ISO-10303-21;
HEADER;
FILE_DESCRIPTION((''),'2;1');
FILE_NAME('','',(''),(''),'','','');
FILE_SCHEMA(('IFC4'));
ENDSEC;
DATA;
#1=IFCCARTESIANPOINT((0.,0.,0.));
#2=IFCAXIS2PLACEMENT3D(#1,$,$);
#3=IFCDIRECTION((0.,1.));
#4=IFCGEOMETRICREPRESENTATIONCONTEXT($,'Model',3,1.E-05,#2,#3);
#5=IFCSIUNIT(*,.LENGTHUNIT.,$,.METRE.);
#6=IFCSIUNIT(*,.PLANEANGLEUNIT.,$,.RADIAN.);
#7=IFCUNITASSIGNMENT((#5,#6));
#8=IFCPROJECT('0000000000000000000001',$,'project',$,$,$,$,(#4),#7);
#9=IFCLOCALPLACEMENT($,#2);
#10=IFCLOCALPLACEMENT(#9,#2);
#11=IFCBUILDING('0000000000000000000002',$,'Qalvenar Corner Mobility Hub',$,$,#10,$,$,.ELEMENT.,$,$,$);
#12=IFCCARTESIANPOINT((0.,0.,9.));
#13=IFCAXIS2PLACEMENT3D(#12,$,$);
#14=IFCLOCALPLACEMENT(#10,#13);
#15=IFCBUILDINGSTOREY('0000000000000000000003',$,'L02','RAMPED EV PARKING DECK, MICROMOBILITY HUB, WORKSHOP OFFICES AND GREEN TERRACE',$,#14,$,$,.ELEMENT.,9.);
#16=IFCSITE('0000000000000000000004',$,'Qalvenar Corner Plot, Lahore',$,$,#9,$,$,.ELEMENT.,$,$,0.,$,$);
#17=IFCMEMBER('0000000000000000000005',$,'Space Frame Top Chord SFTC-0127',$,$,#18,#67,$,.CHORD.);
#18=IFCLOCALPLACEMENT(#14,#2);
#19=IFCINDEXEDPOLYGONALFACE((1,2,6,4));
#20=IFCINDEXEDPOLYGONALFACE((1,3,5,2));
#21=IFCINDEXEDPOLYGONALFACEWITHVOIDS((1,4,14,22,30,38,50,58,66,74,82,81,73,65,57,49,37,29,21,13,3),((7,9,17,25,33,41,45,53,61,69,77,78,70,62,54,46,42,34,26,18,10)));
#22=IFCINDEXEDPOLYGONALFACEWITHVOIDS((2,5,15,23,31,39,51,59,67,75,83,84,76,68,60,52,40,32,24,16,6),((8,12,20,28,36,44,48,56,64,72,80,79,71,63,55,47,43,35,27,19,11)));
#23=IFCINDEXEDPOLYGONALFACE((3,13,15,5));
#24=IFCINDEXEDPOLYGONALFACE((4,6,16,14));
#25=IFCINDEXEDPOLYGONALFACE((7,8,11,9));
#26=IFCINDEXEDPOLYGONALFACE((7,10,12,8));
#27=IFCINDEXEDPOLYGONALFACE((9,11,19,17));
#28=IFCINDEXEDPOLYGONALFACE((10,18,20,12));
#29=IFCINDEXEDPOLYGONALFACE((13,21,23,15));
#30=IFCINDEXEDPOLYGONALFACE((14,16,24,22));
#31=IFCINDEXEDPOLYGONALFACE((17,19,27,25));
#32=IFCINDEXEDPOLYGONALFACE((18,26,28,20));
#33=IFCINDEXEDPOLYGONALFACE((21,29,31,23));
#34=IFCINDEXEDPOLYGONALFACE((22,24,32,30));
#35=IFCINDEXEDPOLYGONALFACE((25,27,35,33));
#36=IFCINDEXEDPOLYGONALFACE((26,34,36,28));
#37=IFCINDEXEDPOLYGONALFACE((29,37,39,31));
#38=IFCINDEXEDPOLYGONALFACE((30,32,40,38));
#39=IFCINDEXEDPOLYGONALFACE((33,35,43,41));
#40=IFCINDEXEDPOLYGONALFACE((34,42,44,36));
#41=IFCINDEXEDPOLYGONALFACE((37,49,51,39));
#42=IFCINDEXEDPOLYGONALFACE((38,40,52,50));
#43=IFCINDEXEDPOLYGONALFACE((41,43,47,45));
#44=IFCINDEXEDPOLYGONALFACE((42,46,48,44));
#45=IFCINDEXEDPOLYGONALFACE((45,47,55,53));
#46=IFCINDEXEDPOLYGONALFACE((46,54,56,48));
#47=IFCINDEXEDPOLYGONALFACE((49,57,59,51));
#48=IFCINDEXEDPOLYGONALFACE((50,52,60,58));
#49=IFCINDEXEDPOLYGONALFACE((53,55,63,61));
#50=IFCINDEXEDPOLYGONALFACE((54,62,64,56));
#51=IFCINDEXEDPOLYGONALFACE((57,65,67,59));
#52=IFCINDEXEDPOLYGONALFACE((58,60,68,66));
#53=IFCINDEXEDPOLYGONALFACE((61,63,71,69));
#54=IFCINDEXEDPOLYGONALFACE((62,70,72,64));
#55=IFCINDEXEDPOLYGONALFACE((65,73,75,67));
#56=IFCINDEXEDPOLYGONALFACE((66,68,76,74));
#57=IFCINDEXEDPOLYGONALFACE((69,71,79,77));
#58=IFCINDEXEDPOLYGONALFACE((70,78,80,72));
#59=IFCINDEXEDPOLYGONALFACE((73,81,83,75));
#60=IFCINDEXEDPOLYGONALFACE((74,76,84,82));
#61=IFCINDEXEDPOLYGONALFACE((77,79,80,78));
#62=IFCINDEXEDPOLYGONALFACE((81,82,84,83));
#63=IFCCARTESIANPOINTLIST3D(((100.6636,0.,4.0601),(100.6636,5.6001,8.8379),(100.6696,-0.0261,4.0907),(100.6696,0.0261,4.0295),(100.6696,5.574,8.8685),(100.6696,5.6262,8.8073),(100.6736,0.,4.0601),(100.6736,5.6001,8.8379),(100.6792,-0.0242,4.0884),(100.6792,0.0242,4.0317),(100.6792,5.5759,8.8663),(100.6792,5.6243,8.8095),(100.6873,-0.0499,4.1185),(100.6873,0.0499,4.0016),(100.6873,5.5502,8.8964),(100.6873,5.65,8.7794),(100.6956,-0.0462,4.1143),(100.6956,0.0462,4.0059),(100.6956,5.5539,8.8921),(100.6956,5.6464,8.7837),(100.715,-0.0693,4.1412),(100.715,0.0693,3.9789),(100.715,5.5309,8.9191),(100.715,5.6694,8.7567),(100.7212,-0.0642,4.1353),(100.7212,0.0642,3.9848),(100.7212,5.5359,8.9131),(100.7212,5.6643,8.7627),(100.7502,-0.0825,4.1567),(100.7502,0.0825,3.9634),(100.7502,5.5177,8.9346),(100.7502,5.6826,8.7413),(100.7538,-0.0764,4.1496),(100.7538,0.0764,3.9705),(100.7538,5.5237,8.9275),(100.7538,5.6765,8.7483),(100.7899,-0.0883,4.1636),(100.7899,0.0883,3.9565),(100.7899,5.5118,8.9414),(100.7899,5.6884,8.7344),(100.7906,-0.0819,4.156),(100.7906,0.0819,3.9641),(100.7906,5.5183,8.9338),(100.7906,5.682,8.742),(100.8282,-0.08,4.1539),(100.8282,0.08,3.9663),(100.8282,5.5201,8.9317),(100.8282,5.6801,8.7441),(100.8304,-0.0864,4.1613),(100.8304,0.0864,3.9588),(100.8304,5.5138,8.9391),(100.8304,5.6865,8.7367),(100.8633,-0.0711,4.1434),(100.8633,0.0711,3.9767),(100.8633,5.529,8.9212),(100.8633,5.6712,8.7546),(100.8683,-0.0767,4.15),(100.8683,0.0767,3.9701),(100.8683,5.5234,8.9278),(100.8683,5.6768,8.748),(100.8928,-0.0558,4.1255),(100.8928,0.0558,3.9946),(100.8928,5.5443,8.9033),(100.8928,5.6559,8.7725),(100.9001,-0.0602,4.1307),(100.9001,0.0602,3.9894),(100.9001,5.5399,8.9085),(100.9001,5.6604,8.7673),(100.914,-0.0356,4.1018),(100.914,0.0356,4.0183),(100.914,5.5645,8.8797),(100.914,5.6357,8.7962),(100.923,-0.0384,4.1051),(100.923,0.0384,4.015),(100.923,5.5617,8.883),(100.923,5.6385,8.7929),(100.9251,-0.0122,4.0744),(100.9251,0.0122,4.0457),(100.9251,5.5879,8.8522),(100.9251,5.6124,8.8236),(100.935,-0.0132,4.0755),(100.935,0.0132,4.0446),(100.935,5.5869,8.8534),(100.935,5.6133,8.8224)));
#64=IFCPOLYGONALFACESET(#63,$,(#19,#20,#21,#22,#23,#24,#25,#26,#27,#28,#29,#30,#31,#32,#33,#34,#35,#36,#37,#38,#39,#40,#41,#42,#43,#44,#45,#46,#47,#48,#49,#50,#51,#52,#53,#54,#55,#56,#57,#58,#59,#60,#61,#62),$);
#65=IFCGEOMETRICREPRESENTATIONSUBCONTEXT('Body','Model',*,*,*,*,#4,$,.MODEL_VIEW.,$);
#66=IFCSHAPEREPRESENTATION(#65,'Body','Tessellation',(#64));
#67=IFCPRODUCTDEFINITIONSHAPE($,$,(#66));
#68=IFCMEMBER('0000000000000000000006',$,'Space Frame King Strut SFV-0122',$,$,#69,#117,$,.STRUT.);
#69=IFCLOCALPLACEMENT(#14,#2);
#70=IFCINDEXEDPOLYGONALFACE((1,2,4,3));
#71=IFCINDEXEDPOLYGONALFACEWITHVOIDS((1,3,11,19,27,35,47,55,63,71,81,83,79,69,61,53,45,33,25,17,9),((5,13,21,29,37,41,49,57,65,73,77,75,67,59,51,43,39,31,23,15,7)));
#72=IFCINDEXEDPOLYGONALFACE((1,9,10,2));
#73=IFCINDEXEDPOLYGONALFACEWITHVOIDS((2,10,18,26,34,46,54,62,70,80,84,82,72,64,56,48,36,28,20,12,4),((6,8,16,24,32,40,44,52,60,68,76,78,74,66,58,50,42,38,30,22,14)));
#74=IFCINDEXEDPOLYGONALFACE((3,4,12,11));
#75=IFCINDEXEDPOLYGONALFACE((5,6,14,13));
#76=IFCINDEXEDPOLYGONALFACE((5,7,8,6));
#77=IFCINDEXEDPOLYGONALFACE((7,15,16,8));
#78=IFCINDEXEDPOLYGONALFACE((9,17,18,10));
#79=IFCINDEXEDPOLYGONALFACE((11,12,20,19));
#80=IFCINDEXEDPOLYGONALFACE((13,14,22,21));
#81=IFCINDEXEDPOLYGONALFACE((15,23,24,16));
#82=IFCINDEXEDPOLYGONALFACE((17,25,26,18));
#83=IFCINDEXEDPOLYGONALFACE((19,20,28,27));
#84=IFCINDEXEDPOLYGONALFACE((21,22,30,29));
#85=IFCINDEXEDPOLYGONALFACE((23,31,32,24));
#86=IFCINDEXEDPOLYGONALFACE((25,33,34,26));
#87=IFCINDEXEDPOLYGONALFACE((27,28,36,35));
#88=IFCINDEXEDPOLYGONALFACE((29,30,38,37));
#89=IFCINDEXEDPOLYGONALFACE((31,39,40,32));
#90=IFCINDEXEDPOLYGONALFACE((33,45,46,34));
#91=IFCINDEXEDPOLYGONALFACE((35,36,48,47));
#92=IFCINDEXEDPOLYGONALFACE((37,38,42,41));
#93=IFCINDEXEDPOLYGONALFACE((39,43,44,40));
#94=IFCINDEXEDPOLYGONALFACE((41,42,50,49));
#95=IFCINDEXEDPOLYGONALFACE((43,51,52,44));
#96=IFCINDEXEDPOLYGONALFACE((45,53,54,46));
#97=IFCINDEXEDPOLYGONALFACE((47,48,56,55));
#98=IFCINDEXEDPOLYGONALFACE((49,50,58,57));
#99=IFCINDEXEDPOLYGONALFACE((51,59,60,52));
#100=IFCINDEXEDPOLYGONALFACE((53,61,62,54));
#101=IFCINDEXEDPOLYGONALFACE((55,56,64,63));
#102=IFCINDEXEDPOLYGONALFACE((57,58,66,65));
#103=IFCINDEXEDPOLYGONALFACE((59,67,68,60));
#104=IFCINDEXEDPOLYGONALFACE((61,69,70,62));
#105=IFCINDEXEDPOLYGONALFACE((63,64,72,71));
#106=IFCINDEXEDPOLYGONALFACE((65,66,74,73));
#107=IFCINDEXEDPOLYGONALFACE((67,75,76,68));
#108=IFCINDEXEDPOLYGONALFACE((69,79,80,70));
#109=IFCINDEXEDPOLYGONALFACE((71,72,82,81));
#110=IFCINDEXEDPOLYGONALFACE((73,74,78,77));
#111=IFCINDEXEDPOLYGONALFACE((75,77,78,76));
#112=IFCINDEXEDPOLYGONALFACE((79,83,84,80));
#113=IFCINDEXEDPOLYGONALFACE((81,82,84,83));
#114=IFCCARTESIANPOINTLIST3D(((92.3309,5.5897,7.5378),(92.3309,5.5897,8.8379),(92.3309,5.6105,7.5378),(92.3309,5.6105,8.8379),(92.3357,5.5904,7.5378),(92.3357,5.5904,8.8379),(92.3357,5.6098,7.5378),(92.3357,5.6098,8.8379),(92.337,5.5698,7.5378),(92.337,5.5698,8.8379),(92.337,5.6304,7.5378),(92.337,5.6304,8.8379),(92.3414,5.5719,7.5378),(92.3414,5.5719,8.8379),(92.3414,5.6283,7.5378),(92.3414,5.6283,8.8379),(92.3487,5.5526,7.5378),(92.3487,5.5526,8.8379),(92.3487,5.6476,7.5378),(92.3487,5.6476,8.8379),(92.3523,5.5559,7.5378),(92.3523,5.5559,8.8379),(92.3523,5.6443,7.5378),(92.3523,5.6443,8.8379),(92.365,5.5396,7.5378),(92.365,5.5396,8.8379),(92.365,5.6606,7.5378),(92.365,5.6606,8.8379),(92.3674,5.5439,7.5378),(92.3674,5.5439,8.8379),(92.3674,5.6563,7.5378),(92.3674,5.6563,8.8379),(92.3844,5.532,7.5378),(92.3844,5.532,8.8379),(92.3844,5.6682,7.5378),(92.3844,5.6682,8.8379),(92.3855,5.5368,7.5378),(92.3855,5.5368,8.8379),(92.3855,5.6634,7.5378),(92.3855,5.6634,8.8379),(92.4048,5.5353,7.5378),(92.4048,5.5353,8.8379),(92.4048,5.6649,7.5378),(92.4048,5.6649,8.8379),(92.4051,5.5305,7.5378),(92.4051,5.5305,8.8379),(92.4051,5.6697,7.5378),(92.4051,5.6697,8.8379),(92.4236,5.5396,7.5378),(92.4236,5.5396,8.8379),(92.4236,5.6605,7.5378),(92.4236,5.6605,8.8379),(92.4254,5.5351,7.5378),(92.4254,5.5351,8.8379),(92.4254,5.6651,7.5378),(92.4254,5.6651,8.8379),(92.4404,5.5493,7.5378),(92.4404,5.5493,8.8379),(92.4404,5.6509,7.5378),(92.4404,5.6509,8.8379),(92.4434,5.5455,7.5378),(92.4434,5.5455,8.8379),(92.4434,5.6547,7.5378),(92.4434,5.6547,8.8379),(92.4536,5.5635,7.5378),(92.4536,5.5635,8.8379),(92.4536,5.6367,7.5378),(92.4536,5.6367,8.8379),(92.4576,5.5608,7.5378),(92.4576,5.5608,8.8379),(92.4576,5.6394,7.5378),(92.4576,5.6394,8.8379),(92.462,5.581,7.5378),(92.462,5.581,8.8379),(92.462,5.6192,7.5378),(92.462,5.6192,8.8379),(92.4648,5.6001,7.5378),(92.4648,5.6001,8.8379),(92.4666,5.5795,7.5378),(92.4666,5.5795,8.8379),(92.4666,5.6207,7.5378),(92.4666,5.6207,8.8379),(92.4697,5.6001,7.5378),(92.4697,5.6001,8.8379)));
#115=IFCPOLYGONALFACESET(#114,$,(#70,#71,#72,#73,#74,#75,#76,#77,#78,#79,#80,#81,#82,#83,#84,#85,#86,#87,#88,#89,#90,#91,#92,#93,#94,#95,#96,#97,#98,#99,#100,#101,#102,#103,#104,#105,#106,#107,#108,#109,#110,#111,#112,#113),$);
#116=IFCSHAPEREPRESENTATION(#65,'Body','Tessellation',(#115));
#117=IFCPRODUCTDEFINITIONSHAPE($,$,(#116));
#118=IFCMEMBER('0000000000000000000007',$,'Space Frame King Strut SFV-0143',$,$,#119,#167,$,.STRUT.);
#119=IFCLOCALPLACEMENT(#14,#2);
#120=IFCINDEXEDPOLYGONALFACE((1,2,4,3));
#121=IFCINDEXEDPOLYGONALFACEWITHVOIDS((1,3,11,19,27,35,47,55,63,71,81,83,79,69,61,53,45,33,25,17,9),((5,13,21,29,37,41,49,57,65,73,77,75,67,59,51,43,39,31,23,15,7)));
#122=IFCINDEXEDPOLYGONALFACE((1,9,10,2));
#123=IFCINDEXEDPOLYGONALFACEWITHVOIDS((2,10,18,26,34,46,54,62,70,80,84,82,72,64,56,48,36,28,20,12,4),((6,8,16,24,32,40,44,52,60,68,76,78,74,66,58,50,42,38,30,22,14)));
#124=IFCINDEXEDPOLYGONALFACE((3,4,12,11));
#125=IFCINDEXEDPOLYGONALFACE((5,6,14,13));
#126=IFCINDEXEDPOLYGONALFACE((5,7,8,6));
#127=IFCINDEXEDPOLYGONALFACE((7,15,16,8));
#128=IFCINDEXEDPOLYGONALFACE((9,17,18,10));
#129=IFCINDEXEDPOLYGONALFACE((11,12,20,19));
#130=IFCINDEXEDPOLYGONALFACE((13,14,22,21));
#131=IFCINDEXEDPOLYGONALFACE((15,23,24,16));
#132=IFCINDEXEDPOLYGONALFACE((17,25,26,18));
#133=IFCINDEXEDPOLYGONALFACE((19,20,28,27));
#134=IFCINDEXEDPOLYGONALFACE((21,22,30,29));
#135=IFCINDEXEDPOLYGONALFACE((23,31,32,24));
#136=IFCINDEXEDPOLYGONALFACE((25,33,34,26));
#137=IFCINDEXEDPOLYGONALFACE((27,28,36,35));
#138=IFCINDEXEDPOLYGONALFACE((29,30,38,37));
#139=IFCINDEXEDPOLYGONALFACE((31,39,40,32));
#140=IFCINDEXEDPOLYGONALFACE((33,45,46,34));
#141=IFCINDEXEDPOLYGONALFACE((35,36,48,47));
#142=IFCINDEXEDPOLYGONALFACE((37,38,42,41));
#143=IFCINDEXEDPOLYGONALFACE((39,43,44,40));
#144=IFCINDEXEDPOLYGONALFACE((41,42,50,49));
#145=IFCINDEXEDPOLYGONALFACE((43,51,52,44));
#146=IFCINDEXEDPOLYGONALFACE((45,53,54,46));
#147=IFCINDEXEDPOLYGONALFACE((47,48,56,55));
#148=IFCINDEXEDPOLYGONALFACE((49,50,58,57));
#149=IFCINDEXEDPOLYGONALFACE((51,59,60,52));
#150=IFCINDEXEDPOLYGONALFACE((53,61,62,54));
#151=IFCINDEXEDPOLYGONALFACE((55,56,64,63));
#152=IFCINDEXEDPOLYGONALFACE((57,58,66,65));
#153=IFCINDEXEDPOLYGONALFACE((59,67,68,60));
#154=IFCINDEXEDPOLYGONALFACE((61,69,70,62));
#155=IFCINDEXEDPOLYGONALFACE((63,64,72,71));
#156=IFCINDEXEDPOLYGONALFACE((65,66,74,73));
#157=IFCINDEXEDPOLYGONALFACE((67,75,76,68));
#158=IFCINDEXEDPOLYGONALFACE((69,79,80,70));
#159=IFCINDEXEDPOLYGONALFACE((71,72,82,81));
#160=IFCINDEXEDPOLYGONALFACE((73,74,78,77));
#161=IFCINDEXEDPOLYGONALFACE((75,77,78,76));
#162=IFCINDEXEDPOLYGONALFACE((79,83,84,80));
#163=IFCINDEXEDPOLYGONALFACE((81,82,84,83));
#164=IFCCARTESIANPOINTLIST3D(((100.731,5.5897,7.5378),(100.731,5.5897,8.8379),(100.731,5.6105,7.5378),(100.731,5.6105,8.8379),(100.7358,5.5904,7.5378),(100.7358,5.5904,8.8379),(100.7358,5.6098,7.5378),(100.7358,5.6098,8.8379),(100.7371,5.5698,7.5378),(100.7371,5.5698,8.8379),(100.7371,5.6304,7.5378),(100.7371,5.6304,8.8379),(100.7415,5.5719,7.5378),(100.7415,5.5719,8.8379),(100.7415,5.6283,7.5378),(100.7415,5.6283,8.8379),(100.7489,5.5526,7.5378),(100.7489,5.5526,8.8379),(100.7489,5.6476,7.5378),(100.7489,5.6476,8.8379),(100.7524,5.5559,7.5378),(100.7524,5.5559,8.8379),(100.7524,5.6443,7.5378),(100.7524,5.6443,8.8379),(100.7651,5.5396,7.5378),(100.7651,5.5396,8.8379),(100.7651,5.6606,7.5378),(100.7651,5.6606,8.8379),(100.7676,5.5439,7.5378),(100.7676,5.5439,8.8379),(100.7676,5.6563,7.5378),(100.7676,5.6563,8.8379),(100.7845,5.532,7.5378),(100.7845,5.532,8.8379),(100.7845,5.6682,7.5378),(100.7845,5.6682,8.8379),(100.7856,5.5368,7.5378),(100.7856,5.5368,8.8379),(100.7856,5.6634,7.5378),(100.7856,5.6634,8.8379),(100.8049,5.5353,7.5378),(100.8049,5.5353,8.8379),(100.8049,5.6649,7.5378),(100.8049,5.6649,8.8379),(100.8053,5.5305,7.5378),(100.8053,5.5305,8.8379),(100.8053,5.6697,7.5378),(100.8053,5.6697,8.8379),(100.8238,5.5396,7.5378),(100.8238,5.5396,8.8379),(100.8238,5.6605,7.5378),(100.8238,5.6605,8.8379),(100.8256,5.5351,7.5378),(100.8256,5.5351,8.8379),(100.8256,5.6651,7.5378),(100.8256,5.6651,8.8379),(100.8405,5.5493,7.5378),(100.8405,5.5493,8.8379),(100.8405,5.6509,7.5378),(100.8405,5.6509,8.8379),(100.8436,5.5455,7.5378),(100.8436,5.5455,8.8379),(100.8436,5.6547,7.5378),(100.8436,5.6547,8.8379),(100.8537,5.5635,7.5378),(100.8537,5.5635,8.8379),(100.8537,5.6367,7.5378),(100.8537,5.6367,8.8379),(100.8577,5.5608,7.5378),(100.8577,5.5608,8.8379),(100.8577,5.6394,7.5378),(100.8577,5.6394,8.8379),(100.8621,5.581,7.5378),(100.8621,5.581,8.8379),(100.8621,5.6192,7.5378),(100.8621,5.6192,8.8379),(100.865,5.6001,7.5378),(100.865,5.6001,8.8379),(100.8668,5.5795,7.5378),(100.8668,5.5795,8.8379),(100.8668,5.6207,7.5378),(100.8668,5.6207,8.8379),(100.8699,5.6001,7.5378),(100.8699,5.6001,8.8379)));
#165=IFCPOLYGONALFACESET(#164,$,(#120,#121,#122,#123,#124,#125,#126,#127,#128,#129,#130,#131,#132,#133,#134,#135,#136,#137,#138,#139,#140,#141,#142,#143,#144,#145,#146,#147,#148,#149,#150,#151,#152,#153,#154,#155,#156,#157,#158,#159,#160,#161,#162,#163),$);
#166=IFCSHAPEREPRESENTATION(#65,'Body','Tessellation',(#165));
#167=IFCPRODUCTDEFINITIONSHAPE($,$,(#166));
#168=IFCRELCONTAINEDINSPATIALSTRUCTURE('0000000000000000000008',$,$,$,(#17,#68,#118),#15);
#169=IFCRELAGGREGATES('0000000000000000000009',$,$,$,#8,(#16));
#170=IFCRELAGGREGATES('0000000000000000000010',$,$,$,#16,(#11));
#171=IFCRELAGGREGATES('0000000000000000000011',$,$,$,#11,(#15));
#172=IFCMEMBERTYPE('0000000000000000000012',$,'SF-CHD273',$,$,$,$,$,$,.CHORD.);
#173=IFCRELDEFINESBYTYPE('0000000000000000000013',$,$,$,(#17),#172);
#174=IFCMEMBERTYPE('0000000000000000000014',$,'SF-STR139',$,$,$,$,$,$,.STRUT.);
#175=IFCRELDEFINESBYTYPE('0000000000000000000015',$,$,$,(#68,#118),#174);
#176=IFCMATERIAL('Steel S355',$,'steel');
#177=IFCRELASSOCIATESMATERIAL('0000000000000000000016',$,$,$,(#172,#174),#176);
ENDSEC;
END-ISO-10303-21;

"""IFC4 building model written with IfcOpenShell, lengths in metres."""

from ifc_helpers import new_model, si_unit, direction, frame, origin, origin_2d, place, context, subcontext, project, spatial, hollow_circle, extrude, material, material_profile, profile_set, type_object, element, save


model = new_model("IFC4")

# Units and contexts
model_context = context("Model", 3, precision=1e-05, world=origin(), true_north=direction((0.0, 1.0)))
body_context = subcontext(model_context, "Body", "Model", "MODEL_VIEW")
ifc_project = project(units=[si_unit("LENGTHUNIT", "METRE"), si_unit("PLANEANGLEUNIT", "RADIAN")], contexts=[model_context])

# Site, building, storey
site_placement = place(None, origin())
site = spatial("IfcSite", under=ifc_project, at=site_placement, Name="Qalvenar Corner Plot, Lahore", CompositionType="ELEMENT", RefElevation=0.0)
building_placement = place(site_placement, origin())
building = spatial("IfcBuilding", under=site, at=building_placement, Name="Qalvenar Corner Mobility Hub", CompositionType="ELEMENT")
storey_placement = place(building_placement, frame((0.0, 0.0, 9.0)))
storey = spatial("IfcBuildingStorey", under=building, at=storey_placement, Name="L02", Description="RAMPED EV PARKING DECK, MICROMOBILITY HUB, WORKSHOP OFFICES AND GREEN TERRACE", CompositionType="ELEMENT", Elevation=9.0)

# Members
ifc_material_1 = material(Name="Steel S355", Category="steel")
ifc_material_profile_1 = material_profile(ifc_material_1, hollow_circle(Radius=0.1365, WallThickness=0.01, at=origin_2d()), Name="CHS273x10")
ifc_profile_set_1 = profile_set([ifc_material_profile_1], Name="Steel S355")
member_type_1 = type_object("IfcMemberType", Name="SF-CHD273", PredefinedType="CHORD", material=ifc_profile_set_1)
for number, where, z_axis, x_axis, name in (
    (1, (100.8, 0.0, 4.0601), (0.0, 0.760748, 0.649047), (-1.0, 0.0, 0.0), "Space Frame Top Chord SFTC-0127"),
):
    element("IfcMember", number, at=place(storey_placement, frame(where, z_axis=z_axis, x_axis=x_axis)), inside=storey, type_object=member_type_1, Name=name, PredefinedType="CHORD", context=body_context, shape_type="SweptSolid", body=[
        extrude(hollow_circle(Radius=0.1365, WallThickness=0.01, at=origin_2d()), origin(), (0.0, 0.0, 1.0), 7.3613),
    ])
ifc_material_profile_2 = material_profile(ifc_material_1, hollow_circle(Radius=0.0698, WallThickness=0.0049, at=origin_2d()), Name="CHS139.7x5")
ifc_profile_set_2 = profile_set([ifc_material_profile_2], Name="Steel S355")
member_type_2 = type_object("IfcMemberType", Name="SF-STR139", PredefinedType="STRUT", material=ifc_profile_set_2)
for number, where, z_axis, x_axis, name in (
    (2, (92.3999, 5.6001, 7.5378), (0.0, 0.0, 1.0), (1.0, 0.0, 0.0), "Space Frame King Strut SFV-0122"),
    (3, (100.8, 5.6001, 7.5378), (0.0, 0.0, 1.0), (1.0, 0.0, 0.0), "Space Frame King Strut SFV-0143"),
):
    element("IfcMember", number, at=place(storey_placement, frame(where, z_axis=z_axis, x_axis=x_axis)), inside=storey, type_object=member_type_2, Name=name, PredefinedType="STRUT", context=body_context, shape_type="SweptSolid", body=[
        extrude(hollow_circle(Radius=0.0698, WallThickness=0.0049, at=origin_2d()), origin(), (0.0, 0.0, 1.0), 1.3),
    ])

save(model, "model.ifc")
